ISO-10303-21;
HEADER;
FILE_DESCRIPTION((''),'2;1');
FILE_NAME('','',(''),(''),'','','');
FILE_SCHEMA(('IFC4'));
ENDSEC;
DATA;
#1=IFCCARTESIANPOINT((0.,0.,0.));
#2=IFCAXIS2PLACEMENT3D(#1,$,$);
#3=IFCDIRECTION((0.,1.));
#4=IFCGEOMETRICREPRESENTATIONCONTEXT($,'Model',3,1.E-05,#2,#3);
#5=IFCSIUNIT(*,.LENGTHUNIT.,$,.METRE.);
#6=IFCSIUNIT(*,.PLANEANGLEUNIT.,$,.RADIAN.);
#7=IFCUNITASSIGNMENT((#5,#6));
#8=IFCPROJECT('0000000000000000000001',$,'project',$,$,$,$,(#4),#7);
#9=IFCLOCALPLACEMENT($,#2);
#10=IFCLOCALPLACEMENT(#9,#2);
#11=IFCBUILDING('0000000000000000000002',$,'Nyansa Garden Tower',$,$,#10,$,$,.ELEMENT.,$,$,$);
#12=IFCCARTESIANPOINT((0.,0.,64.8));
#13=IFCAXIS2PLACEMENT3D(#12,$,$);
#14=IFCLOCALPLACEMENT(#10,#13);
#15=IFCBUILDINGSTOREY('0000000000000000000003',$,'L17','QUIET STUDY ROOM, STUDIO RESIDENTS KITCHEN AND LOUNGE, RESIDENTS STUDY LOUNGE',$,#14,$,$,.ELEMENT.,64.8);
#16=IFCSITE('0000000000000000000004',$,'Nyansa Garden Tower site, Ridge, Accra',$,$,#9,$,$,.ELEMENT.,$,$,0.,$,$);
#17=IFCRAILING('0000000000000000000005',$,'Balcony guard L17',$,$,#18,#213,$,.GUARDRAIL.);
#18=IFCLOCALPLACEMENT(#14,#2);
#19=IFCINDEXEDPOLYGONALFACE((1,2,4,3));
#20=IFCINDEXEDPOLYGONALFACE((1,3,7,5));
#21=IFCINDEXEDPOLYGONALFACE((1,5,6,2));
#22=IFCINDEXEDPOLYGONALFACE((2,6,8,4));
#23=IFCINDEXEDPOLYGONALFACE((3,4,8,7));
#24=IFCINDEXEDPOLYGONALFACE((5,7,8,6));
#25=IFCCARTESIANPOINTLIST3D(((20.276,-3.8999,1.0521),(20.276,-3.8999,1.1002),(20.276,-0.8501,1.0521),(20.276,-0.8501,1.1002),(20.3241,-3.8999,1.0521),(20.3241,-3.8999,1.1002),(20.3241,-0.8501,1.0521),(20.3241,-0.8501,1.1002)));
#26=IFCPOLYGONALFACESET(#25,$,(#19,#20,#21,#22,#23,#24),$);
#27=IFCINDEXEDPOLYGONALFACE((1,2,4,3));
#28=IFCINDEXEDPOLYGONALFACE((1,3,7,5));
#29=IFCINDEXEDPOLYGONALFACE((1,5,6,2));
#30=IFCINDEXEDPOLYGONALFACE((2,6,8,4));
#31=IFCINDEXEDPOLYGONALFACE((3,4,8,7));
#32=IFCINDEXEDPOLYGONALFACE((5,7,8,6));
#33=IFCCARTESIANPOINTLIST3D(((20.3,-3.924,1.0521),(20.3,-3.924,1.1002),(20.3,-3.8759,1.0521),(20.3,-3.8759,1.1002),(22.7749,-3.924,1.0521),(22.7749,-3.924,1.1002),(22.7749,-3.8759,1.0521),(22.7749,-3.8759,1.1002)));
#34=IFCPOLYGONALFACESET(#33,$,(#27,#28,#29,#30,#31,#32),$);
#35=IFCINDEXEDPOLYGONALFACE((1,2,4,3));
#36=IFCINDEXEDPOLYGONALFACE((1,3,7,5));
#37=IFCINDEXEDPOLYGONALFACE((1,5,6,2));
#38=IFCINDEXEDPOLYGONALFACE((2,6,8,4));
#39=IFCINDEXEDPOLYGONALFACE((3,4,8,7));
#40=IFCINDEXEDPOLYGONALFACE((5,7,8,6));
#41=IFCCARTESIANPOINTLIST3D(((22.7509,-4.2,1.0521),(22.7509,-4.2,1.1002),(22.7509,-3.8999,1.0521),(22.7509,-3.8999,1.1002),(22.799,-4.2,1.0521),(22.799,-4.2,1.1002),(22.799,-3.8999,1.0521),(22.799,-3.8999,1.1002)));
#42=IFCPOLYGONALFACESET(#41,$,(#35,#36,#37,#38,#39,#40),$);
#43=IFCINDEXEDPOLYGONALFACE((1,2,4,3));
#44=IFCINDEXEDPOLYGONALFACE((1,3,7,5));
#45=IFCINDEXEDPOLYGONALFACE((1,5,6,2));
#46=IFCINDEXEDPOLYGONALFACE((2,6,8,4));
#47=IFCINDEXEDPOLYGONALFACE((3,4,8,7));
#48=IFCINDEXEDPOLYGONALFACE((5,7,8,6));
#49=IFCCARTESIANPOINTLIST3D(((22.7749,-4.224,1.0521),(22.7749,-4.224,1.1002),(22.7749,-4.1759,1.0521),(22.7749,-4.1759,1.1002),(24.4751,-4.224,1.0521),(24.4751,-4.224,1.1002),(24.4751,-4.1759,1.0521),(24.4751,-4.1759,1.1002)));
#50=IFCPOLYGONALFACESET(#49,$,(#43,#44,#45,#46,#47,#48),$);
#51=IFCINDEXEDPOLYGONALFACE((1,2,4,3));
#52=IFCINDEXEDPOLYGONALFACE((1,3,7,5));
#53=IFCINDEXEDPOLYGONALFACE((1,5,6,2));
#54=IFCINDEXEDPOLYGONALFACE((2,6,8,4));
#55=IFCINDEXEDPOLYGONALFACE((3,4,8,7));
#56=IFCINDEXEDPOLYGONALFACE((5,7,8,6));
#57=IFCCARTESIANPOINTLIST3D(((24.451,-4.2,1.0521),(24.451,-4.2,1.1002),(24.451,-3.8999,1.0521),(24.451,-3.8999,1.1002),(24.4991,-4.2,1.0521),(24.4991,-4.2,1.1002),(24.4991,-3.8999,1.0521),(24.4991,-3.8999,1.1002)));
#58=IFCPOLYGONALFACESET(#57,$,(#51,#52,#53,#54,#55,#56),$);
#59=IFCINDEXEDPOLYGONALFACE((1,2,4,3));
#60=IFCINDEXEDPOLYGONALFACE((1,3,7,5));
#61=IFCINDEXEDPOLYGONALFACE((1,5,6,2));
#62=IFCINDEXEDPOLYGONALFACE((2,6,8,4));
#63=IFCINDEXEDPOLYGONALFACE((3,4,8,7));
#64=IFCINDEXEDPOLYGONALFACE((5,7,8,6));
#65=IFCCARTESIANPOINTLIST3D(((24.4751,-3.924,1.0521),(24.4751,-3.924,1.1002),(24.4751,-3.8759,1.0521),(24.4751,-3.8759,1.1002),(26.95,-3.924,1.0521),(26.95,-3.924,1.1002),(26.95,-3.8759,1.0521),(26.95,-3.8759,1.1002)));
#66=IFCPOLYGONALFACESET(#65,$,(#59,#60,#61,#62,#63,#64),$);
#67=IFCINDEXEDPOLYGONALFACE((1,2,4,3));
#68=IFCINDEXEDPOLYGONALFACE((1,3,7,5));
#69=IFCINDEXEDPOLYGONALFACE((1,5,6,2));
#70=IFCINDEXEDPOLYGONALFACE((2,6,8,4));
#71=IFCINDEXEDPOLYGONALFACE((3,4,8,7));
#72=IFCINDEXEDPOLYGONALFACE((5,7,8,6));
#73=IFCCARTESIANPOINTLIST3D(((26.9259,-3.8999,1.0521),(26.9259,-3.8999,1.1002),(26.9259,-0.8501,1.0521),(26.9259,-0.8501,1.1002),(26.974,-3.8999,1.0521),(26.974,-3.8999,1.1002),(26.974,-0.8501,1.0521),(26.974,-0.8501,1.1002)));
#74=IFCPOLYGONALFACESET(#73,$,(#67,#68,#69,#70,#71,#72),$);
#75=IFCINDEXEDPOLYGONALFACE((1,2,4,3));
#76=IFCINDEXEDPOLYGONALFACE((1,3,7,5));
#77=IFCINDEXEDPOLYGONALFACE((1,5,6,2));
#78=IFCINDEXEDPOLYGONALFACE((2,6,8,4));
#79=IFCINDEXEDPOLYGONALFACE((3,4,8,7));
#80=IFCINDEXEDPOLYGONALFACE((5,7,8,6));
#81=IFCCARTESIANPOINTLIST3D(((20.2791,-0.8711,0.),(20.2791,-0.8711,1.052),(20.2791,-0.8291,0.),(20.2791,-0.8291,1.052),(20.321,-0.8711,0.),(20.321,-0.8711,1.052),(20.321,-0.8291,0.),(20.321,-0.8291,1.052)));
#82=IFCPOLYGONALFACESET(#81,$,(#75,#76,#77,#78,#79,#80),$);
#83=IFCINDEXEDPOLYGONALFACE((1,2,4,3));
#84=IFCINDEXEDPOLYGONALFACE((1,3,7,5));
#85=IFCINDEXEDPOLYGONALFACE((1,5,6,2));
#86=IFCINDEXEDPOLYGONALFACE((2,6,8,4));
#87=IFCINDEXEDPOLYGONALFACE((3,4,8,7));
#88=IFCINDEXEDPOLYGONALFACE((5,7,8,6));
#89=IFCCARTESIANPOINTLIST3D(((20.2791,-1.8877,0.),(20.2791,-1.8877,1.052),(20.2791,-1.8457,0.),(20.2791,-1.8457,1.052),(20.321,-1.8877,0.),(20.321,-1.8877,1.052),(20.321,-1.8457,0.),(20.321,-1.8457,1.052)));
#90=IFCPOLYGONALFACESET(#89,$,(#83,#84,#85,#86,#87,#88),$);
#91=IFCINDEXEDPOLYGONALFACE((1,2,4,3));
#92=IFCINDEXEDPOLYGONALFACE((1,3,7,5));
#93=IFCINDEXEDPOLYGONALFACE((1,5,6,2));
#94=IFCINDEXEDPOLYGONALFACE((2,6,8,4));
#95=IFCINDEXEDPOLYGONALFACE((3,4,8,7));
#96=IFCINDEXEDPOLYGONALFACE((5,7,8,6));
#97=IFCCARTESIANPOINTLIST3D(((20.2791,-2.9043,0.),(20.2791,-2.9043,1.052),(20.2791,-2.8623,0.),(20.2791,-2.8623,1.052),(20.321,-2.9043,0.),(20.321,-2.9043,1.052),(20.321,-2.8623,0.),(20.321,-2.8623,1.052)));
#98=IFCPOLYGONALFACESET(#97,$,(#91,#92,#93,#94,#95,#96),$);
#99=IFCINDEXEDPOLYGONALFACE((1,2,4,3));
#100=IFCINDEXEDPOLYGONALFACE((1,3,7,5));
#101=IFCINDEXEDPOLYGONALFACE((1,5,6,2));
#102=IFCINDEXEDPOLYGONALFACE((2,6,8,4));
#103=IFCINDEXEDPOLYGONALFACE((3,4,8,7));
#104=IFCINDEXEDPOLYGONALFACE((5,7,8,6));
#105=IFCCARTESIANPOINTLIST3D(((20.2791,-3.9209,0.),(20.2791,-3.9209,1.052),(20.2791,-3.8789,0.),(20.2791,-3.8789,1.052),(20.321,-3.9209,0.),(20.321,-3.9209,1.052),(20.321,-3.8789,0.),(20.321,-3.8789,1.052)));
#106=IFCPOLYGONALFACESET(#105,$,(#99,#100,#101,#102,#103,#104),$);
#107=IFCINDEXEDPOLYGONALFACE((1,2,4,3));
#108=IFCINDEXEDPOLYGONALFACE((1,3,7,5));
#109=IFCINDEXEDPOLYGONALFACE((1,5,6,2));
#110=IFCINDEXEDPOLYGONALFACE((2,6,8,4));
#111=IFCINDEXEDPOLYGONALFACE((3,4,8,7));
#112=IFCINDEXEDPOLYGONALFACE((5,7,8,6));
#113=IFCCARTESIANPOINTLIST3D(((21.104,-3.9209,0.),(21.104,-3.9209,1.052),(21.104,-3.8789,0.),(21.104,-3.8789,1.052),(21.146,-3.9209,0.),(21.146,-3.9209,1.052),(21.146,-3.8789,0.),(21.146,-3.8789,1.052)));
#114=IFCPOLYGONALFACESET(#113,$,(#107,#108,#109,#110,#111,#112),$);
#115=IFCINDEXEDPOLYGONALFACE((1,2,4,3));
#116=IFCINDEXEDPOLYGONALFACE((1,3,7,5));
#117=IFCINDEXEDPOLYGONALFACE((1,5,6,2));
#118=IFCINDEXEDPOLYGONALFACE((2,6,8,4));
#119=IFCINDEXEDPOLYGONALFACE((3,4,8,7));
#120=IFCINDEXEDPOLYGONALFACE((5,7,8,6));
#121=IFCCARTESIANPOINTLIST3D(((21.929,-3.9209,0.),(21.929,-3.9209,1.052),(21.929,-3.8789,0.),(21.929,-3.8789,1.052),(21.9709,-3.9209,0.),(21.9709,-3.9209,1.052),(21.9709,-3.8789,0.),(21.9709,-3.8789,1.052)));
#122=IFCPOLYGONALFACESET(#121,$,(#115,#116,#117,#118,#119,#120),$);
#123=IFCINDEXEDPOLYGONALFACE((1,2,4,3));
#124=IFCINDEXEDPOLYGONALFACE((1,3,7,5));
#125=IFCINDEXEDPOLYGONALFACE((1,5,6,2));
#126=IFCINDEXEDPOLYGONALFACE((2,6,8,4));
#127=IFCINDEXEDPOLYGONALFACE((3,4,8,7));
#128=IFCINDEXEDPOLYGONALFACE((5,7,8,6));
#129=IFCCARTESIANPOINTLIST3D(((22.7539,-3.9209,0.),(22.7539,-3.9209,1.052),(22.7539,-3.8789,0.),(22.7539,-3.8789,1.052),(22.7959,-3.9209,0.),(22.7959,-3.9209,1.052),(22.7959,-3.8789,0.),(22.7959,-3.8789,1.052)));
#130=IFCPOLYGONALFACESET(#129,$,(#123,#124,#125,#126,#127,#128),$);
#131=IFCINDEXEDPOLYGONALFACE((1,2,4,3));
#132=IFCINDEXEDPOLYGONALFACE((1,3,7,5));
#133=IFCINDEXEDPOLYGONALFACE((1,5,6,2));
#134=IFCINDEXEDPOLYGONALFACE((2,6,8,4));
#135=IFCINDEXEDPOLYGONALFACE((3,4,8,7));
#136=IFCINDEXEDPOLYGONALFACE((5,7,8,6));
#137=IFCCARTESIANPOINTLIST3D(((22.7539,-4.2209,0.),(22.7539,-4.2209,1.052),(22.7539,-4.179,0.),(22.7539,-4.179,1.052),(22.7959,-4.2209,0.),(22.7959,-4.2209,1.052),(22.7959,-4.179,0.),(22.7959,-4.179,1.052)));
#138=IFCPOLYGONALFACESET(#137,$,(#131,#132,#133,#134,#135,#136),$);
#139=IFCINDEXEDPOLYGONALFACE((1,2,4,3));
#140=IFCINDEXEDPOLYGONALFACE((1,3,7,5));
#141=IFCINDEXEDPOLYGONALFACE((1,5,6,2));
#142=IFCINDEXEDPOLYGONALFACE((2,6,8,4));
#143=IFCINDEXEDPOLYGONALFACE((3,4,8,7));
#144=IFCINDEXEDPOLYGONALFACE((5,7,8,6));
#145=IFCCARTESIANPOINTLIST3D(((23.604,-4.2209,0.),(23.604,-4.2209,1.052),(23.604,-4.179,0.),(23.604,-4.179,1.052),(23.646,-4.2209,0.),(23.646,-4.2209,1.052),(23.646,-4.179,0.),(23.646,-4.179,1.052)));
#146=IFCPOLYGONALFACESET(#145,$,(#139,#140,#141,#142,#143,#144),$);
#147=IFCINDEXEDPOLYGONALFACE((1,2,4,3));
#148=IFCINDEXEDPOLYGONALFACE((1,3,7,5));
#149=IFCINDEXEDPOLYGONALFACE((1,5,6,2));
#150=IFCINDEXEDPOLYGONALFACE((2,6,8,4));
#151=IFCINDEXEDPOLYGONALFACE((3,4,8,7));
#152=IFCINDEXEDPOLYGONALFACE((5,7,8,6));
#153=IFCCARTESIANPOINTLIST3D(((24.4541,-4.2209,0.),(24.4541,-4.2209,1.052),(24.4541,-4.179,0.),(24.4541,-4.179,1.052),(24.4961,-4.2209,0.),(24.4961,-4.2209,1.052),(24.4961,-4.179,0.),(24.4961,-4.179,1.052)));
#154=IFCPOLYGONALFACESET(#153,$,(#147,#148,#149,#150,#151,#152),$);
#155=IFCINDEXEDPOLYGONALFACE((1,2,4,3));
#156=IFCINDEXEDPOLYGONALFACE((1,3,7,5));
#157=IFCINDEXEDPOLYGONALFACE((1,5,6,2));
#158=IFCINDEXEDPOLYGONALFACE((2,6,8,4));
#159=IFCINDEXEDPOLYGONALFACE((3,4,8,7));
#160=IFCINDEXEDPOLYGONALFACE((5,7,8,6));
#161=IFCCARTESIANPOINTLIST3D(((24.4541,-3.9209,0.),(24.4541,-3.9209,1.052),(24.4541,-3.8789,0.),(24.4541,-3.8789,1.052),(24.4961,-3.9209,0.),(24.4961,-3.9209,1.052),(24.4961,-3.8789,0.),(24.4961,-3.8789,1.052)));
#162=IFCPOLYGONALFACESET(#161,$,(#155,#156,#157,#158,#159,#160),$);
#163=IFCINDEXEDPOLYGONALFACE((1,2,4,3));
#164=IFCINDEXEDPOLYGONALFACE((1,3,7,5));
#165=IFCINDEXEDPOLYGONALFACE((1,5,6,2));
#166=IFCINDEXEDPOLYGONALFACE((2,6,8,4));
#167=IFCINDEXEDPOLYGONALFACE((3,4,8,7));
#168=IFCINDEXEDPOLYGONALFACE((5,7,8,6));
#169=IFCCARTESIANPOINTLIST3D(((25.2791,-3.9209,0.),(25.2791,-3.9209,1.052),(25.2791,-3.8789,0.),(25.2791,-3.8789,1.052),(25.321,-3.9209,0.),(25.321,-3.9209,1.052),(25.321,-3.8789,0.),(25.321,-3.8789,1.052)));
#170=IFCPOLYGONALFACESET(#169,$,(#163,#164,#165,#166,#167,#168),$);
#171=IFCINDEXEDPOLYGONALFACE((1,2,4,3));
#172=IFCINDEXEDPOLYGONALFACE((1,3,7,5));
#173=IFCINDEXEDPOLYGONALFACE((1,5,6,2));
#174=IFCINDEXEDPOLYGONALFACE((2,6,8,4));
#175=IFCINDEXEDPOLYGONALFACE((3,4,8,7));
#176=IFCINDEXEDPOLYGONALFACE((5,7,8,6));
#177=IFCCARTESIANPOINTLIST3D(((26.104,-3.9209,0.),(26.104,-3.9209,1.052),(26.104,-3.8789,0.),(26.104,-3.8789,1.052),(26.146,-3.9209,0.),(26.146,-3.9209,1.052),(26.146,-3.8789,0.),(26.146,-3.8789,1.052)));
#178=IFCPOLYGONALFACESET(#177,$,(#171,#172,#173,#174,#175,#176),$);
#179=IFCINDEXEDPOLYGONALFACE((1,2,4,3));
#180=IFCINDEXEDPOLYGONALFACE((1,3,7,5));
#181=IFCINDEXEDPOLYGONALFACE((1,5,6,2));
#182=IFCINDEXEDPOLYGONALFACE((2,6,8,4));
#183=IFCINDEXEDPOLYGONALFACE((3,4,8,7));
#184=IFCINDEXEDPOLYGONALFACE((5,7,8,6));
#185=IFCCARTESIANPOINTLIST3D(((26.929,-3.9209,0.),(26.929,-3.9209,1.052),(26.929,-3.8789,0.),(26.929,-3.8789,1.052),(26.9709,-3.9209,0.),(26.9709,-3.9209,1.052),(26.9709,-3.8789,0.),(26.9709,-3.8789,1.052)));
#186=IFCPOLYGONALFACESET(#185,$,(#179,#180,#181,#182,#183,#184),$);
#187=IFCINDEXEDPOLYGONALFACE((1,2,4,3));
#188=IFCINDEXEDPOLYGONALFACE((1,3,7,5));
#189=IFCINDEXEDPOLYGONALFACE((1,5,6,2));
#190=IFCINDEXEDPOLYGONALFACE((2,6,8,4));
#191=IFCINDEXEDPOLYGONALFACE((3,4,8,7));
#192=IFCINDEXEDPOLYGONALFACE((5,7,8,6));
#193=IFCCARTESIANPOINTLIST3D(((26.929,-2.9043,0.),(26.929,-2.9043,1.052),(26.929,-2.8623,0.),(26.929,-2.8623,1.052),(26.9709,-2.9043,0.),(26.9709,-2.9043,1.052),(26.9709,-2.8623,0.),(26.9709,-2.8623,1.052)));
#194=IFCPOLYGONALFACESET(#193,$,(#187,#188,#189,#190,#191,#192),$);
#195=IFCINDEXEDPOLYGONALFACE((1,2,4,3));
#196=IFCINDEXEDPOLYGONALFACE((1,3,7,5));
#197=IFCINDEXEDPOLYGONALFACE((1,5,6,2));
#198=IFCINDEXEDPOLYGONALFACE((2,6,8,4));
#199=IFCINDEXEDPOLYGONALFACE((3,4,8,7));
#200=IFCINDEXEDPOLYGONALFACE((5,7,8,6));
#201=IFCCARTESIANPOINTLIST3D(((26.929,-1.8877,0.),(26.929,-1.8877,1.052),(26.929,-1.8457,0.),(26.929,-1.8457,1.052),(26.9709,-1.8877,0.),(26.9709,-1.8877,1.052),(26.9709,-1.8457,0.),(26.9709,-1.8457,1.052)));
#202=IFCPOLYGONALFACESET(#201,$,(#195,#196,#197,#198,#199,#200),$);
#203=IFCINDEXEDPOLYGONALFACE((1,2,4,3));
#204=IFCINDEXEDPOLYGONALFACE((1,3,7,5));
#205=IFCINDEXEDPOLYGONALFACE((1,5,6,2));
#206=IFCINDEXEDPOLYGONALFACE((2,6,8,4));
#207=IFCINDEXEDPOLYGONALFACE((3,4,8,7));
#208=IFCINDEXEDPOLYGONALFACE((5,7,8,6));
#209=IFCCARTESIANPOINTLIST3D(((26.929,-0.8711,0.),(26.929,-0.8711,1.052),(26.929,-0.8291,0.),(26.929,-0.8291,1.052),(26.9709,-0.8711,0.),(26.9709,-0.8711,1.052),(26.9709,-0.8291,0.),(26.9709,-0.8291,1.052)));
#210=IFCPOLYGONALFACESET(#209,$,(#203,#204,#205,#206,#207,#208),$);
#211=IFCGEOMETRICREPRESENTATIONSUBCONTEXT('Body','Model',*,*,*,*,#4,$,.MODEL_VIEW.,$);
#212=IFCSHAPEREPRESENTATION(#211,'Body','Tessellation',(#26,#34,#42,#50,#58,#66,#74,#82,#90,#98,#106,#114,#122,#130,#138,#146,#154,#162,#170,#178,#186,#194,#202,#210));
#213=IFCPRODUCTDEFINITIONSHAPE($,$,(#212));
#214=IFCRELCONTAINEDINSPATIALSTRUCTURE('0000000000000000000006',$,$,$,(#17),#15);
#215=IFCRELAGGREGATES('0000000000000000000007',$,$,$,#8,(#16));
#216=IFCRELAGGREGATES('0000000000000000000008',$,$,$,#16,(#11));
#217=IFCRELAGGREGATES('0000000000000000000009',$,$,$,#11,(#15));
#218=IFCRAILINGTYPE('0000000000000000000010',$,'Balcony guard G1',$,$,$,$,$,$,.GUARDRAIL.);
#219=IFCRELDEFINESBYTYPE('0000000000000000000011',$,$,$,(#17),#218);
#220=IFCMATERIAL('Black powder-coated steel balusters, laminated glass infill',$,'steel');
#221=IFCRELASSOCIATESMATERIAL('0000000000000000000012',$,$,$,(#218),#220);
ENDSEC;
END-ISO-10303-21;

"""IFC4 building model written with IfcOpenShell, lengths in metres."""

from ifc_helpers import new_model, si_unit, direction, frame, origin, origin_2d, place, context, subcontext, project, spatial, rectangle, extrude, material, type_object, element, save


model = new_model("IFC4")

# Units and contexts
model_context = context("Model", 3, precision=1e-05, world=origin(), true_north=direction((0.0, 1.0)))
body_context = subcontext(model_context, "Body", "Model", "MODEL_VIEW")
ifc_project = project(units=[si_unit("LENGTHUNIT", "METRE"), si_unit("PLANEANGLEUNIT", "RADIAN")], contexts=[model_context])

# Site, building, storey
site_placement = place(None, origin())
site = spatial("IfcSite", under=ifc_project, at=site_placement, Name="Nyansa Garden Tower site, Ridge, Accra", CompositionType="ELEMENT", RefElevation=0.0)
building_placement = place(site_placement, origin())
building = spatial("IfcBuilding", under=site, at=building_placement, Name="Nyansa Garden Tower", CompositionType="ELEMENT")
storey_placement = place(building_placement, frame((0.0, 0.0, 64.8)))
storey = spatial("IfcBuildingStorey", under=building, at=storey_placement, Name="L17", Description="QUIET STUDY ROOM, STUDIO RESIDENTS KITCHEN AND LOUNGE, RESIDENTS STUDY LOUNGE", CompositionType="ELEMENT", Elevation=64.8)

# Railing
ifc_material_1 = material(Name="Black powder-coated steel balusters, laminated glass infill", Category="steel")
railing_type = type_object("IfcRailingType", Name="Balcony guard G1", PredefinedType="GUARDRAIL", material=ifc_material_1)
railing_placement = place(storey_placement, frame((20.3, -0.8501, 0.0)))
element("IfcRailing", 1, at=railing_placement, inside=storey, type_object=railing_type, Name="Balcony guard L17", PredefinedType="GUARDRAIL", context=body_context, shape_type="SweptSolid", body=[
    extrude(rectangle(XDim=0.0481, YDim=0.0481, at=origin_2d()), frame((0.0, 0.0, 1.0762), z_axis=(0.0, -1.0, 0.0), x_axis=(1.0, 0.0, 0.0)), (0.0, 0.0, 1.0), 3.0498),
    extrude(rectangle(XDim=0.0481, YDim=0.0481, at=origin_2d()), frame((0.0, -3.0498, 1.0762), z_axis=(1.0, 0.0, 0.0), x_axis=(0.0, 1.0, 0.0)), (0.0, 0.0, 1.0), 2.4749),
    extrude(rectangle(XDim=0.0481, YDim=0.0481, at=origin_2d()), frame((2.4749, -3.0498, 1.0762), z_axis=(0.0, -1.0, 0.0), x_axis=(1.0, 0.0, 0.0)), (0.0, 0.0, 1.0), 0.3),
    extrude(rectangle(XDim=0.0481, YDim=0.0481, at=origin_2d()), frame((2.4749, -3.3499, 1.0762), z_axis=(1.0, 0.0, 0.0), x_axis=(0.0, 1.0, 0.0)), (0.0, 0.0, 1.0), 1.7002),
    extrude(rectangle(XDim=0.0481, YDim=0.0481, at=origin_2d()), frame((4.175, -3.3499, 1.0762), z_axis=(0.0, 1.0, 0.0), x_axis=(-1.0, 0.0, 0.0)), (0.0, 0.0, 1.0), 0.3),
    extrude(rectangle(XDim=0.0481, YDim=0.0481, at=origin_2d()), frame((4.175, -3.0498, 1.0762), z_axis=(1.0, 0.0, 0.0), x_axis=(0.0, 1.0, 0.0)), (0.0, 0.0, 1.0), 2.4749),
    extrude(rectangle(XDim=0.0481, YDim=0.0481, at=origin_2d()), frame((6.6499, -3.0498, 1.0762), z_axis=(0.0, 1.0, 0.0), x_axis=(-1.0, 0.0, 0.0)), (0.0, 0.0, 1.0), 3.0498),
    extrude(rectangle(XDim=0.042, YDim=0.042, at=origin_2d()), origin(), (0.0, 0.0, 1.0), 1.052),
    extrude(rectangle(XDim=0.042, YDim=0.042, at=origin_2d()), frame((0.0, -1.0166, 0.0)), (0.0, 0.0, 1.0), 1.052),
    extrude(rectangle(XDim=0.042, YDim=0.042, at=origin_2d()), frame((0.0, -2.0332, 0.0)), (0.0, 0.0, 1.0), 1.052),
    extrude(rectangle(XDim=0.042, YDim=0.042, at=origin_2d()), frame((0.0, -3.0498, 0.0)), (0.0, 0.0, 1.0), 1.052),
    extrude(rectangle(XDim=0.042, YDim=0.042, at=origin_2d()), frame((0.825, -3.0498, 0.0)), (0.0, 0.0, 1.0), 1.052),
    extrude(rectangle(XDim=0.042, YDim=0.042, at=origin_2d()), frame((1.6499, -3.0498, 0.0)), (0.0, 0.0, 1.0), 1.052),
    extrude(rectangle(XDim=0.042, YDim=0.042, at=origin_2d()), frame((2.4749, -3.0498, 0.0)), (0.0, 0.0, 1.0), 1.052),
    extrude(rectangle(XDim=0.042, YDim=0.042, at=origin_2d()), frame((2.4749, -3.3499, 0.0)), (0.0, 0.0, 1.0), 1.052),
    extrude(rectangle(XDim=0.042, YDim=0.042, at=origin_2d()), frame((3.325, -3.3499, 0.0)), (0.0, 0.0, 1.0), 1.052),
    extrude(rectangle(XDim=0.042, YDim=0.042, at=origin_2d()), frame((4.175, -3.3499, 0.0)), (0.0, 0.0, 1.0), 1.052),
    extrude(rectangle(XDim=0.042, YDim=0.042, at=origin_2d()), frame((4.175, -3.0498, 0.0)), (0.0, 0.0, 1.0), 1.052),
    extrude(rectangle(XDim=0.042, YDim=0.042, at=origin_2d()), frame((5.0, -3.0498, 0.0)), (0.0, 0.0, 1.0), 1.052),
    extrude(rectangle(XDim=0.042, YDim=0.042, at=origin_2d()), frame((5.825, -3.0498, 0.0)), (0.0, 0.0, 1.0), 1.052),
    extrude(rectangle(XDim=0.042, YDim=0.042, at=origin_2d()), frame((6.6499, -3.0498, 0.0)), (0.0, 0.0, 1.0), 1.052),
    extrude(rectangle(XDim=0.042, YDim=0.042, at=origin_2d()), frame((6.6499, -2.0332, 0.0)), (0.0, 0.0, 1.0), 1.052),
    extrude(rectangle(XDim=0.042, YDim=0.042, at=origin_2d()), frame((6.6499, -1.0166, 0.0)), (0.0, 0.0, 1.0), 1.052),
    extrude(rectangle(XDim=0.042, YDim=0.042, at=origin_2d()), frame((6.6499, 0.0, 0.0)), (0.0, 0.0, 1.0), 1.052),
])

save(model, "model.ifc")
